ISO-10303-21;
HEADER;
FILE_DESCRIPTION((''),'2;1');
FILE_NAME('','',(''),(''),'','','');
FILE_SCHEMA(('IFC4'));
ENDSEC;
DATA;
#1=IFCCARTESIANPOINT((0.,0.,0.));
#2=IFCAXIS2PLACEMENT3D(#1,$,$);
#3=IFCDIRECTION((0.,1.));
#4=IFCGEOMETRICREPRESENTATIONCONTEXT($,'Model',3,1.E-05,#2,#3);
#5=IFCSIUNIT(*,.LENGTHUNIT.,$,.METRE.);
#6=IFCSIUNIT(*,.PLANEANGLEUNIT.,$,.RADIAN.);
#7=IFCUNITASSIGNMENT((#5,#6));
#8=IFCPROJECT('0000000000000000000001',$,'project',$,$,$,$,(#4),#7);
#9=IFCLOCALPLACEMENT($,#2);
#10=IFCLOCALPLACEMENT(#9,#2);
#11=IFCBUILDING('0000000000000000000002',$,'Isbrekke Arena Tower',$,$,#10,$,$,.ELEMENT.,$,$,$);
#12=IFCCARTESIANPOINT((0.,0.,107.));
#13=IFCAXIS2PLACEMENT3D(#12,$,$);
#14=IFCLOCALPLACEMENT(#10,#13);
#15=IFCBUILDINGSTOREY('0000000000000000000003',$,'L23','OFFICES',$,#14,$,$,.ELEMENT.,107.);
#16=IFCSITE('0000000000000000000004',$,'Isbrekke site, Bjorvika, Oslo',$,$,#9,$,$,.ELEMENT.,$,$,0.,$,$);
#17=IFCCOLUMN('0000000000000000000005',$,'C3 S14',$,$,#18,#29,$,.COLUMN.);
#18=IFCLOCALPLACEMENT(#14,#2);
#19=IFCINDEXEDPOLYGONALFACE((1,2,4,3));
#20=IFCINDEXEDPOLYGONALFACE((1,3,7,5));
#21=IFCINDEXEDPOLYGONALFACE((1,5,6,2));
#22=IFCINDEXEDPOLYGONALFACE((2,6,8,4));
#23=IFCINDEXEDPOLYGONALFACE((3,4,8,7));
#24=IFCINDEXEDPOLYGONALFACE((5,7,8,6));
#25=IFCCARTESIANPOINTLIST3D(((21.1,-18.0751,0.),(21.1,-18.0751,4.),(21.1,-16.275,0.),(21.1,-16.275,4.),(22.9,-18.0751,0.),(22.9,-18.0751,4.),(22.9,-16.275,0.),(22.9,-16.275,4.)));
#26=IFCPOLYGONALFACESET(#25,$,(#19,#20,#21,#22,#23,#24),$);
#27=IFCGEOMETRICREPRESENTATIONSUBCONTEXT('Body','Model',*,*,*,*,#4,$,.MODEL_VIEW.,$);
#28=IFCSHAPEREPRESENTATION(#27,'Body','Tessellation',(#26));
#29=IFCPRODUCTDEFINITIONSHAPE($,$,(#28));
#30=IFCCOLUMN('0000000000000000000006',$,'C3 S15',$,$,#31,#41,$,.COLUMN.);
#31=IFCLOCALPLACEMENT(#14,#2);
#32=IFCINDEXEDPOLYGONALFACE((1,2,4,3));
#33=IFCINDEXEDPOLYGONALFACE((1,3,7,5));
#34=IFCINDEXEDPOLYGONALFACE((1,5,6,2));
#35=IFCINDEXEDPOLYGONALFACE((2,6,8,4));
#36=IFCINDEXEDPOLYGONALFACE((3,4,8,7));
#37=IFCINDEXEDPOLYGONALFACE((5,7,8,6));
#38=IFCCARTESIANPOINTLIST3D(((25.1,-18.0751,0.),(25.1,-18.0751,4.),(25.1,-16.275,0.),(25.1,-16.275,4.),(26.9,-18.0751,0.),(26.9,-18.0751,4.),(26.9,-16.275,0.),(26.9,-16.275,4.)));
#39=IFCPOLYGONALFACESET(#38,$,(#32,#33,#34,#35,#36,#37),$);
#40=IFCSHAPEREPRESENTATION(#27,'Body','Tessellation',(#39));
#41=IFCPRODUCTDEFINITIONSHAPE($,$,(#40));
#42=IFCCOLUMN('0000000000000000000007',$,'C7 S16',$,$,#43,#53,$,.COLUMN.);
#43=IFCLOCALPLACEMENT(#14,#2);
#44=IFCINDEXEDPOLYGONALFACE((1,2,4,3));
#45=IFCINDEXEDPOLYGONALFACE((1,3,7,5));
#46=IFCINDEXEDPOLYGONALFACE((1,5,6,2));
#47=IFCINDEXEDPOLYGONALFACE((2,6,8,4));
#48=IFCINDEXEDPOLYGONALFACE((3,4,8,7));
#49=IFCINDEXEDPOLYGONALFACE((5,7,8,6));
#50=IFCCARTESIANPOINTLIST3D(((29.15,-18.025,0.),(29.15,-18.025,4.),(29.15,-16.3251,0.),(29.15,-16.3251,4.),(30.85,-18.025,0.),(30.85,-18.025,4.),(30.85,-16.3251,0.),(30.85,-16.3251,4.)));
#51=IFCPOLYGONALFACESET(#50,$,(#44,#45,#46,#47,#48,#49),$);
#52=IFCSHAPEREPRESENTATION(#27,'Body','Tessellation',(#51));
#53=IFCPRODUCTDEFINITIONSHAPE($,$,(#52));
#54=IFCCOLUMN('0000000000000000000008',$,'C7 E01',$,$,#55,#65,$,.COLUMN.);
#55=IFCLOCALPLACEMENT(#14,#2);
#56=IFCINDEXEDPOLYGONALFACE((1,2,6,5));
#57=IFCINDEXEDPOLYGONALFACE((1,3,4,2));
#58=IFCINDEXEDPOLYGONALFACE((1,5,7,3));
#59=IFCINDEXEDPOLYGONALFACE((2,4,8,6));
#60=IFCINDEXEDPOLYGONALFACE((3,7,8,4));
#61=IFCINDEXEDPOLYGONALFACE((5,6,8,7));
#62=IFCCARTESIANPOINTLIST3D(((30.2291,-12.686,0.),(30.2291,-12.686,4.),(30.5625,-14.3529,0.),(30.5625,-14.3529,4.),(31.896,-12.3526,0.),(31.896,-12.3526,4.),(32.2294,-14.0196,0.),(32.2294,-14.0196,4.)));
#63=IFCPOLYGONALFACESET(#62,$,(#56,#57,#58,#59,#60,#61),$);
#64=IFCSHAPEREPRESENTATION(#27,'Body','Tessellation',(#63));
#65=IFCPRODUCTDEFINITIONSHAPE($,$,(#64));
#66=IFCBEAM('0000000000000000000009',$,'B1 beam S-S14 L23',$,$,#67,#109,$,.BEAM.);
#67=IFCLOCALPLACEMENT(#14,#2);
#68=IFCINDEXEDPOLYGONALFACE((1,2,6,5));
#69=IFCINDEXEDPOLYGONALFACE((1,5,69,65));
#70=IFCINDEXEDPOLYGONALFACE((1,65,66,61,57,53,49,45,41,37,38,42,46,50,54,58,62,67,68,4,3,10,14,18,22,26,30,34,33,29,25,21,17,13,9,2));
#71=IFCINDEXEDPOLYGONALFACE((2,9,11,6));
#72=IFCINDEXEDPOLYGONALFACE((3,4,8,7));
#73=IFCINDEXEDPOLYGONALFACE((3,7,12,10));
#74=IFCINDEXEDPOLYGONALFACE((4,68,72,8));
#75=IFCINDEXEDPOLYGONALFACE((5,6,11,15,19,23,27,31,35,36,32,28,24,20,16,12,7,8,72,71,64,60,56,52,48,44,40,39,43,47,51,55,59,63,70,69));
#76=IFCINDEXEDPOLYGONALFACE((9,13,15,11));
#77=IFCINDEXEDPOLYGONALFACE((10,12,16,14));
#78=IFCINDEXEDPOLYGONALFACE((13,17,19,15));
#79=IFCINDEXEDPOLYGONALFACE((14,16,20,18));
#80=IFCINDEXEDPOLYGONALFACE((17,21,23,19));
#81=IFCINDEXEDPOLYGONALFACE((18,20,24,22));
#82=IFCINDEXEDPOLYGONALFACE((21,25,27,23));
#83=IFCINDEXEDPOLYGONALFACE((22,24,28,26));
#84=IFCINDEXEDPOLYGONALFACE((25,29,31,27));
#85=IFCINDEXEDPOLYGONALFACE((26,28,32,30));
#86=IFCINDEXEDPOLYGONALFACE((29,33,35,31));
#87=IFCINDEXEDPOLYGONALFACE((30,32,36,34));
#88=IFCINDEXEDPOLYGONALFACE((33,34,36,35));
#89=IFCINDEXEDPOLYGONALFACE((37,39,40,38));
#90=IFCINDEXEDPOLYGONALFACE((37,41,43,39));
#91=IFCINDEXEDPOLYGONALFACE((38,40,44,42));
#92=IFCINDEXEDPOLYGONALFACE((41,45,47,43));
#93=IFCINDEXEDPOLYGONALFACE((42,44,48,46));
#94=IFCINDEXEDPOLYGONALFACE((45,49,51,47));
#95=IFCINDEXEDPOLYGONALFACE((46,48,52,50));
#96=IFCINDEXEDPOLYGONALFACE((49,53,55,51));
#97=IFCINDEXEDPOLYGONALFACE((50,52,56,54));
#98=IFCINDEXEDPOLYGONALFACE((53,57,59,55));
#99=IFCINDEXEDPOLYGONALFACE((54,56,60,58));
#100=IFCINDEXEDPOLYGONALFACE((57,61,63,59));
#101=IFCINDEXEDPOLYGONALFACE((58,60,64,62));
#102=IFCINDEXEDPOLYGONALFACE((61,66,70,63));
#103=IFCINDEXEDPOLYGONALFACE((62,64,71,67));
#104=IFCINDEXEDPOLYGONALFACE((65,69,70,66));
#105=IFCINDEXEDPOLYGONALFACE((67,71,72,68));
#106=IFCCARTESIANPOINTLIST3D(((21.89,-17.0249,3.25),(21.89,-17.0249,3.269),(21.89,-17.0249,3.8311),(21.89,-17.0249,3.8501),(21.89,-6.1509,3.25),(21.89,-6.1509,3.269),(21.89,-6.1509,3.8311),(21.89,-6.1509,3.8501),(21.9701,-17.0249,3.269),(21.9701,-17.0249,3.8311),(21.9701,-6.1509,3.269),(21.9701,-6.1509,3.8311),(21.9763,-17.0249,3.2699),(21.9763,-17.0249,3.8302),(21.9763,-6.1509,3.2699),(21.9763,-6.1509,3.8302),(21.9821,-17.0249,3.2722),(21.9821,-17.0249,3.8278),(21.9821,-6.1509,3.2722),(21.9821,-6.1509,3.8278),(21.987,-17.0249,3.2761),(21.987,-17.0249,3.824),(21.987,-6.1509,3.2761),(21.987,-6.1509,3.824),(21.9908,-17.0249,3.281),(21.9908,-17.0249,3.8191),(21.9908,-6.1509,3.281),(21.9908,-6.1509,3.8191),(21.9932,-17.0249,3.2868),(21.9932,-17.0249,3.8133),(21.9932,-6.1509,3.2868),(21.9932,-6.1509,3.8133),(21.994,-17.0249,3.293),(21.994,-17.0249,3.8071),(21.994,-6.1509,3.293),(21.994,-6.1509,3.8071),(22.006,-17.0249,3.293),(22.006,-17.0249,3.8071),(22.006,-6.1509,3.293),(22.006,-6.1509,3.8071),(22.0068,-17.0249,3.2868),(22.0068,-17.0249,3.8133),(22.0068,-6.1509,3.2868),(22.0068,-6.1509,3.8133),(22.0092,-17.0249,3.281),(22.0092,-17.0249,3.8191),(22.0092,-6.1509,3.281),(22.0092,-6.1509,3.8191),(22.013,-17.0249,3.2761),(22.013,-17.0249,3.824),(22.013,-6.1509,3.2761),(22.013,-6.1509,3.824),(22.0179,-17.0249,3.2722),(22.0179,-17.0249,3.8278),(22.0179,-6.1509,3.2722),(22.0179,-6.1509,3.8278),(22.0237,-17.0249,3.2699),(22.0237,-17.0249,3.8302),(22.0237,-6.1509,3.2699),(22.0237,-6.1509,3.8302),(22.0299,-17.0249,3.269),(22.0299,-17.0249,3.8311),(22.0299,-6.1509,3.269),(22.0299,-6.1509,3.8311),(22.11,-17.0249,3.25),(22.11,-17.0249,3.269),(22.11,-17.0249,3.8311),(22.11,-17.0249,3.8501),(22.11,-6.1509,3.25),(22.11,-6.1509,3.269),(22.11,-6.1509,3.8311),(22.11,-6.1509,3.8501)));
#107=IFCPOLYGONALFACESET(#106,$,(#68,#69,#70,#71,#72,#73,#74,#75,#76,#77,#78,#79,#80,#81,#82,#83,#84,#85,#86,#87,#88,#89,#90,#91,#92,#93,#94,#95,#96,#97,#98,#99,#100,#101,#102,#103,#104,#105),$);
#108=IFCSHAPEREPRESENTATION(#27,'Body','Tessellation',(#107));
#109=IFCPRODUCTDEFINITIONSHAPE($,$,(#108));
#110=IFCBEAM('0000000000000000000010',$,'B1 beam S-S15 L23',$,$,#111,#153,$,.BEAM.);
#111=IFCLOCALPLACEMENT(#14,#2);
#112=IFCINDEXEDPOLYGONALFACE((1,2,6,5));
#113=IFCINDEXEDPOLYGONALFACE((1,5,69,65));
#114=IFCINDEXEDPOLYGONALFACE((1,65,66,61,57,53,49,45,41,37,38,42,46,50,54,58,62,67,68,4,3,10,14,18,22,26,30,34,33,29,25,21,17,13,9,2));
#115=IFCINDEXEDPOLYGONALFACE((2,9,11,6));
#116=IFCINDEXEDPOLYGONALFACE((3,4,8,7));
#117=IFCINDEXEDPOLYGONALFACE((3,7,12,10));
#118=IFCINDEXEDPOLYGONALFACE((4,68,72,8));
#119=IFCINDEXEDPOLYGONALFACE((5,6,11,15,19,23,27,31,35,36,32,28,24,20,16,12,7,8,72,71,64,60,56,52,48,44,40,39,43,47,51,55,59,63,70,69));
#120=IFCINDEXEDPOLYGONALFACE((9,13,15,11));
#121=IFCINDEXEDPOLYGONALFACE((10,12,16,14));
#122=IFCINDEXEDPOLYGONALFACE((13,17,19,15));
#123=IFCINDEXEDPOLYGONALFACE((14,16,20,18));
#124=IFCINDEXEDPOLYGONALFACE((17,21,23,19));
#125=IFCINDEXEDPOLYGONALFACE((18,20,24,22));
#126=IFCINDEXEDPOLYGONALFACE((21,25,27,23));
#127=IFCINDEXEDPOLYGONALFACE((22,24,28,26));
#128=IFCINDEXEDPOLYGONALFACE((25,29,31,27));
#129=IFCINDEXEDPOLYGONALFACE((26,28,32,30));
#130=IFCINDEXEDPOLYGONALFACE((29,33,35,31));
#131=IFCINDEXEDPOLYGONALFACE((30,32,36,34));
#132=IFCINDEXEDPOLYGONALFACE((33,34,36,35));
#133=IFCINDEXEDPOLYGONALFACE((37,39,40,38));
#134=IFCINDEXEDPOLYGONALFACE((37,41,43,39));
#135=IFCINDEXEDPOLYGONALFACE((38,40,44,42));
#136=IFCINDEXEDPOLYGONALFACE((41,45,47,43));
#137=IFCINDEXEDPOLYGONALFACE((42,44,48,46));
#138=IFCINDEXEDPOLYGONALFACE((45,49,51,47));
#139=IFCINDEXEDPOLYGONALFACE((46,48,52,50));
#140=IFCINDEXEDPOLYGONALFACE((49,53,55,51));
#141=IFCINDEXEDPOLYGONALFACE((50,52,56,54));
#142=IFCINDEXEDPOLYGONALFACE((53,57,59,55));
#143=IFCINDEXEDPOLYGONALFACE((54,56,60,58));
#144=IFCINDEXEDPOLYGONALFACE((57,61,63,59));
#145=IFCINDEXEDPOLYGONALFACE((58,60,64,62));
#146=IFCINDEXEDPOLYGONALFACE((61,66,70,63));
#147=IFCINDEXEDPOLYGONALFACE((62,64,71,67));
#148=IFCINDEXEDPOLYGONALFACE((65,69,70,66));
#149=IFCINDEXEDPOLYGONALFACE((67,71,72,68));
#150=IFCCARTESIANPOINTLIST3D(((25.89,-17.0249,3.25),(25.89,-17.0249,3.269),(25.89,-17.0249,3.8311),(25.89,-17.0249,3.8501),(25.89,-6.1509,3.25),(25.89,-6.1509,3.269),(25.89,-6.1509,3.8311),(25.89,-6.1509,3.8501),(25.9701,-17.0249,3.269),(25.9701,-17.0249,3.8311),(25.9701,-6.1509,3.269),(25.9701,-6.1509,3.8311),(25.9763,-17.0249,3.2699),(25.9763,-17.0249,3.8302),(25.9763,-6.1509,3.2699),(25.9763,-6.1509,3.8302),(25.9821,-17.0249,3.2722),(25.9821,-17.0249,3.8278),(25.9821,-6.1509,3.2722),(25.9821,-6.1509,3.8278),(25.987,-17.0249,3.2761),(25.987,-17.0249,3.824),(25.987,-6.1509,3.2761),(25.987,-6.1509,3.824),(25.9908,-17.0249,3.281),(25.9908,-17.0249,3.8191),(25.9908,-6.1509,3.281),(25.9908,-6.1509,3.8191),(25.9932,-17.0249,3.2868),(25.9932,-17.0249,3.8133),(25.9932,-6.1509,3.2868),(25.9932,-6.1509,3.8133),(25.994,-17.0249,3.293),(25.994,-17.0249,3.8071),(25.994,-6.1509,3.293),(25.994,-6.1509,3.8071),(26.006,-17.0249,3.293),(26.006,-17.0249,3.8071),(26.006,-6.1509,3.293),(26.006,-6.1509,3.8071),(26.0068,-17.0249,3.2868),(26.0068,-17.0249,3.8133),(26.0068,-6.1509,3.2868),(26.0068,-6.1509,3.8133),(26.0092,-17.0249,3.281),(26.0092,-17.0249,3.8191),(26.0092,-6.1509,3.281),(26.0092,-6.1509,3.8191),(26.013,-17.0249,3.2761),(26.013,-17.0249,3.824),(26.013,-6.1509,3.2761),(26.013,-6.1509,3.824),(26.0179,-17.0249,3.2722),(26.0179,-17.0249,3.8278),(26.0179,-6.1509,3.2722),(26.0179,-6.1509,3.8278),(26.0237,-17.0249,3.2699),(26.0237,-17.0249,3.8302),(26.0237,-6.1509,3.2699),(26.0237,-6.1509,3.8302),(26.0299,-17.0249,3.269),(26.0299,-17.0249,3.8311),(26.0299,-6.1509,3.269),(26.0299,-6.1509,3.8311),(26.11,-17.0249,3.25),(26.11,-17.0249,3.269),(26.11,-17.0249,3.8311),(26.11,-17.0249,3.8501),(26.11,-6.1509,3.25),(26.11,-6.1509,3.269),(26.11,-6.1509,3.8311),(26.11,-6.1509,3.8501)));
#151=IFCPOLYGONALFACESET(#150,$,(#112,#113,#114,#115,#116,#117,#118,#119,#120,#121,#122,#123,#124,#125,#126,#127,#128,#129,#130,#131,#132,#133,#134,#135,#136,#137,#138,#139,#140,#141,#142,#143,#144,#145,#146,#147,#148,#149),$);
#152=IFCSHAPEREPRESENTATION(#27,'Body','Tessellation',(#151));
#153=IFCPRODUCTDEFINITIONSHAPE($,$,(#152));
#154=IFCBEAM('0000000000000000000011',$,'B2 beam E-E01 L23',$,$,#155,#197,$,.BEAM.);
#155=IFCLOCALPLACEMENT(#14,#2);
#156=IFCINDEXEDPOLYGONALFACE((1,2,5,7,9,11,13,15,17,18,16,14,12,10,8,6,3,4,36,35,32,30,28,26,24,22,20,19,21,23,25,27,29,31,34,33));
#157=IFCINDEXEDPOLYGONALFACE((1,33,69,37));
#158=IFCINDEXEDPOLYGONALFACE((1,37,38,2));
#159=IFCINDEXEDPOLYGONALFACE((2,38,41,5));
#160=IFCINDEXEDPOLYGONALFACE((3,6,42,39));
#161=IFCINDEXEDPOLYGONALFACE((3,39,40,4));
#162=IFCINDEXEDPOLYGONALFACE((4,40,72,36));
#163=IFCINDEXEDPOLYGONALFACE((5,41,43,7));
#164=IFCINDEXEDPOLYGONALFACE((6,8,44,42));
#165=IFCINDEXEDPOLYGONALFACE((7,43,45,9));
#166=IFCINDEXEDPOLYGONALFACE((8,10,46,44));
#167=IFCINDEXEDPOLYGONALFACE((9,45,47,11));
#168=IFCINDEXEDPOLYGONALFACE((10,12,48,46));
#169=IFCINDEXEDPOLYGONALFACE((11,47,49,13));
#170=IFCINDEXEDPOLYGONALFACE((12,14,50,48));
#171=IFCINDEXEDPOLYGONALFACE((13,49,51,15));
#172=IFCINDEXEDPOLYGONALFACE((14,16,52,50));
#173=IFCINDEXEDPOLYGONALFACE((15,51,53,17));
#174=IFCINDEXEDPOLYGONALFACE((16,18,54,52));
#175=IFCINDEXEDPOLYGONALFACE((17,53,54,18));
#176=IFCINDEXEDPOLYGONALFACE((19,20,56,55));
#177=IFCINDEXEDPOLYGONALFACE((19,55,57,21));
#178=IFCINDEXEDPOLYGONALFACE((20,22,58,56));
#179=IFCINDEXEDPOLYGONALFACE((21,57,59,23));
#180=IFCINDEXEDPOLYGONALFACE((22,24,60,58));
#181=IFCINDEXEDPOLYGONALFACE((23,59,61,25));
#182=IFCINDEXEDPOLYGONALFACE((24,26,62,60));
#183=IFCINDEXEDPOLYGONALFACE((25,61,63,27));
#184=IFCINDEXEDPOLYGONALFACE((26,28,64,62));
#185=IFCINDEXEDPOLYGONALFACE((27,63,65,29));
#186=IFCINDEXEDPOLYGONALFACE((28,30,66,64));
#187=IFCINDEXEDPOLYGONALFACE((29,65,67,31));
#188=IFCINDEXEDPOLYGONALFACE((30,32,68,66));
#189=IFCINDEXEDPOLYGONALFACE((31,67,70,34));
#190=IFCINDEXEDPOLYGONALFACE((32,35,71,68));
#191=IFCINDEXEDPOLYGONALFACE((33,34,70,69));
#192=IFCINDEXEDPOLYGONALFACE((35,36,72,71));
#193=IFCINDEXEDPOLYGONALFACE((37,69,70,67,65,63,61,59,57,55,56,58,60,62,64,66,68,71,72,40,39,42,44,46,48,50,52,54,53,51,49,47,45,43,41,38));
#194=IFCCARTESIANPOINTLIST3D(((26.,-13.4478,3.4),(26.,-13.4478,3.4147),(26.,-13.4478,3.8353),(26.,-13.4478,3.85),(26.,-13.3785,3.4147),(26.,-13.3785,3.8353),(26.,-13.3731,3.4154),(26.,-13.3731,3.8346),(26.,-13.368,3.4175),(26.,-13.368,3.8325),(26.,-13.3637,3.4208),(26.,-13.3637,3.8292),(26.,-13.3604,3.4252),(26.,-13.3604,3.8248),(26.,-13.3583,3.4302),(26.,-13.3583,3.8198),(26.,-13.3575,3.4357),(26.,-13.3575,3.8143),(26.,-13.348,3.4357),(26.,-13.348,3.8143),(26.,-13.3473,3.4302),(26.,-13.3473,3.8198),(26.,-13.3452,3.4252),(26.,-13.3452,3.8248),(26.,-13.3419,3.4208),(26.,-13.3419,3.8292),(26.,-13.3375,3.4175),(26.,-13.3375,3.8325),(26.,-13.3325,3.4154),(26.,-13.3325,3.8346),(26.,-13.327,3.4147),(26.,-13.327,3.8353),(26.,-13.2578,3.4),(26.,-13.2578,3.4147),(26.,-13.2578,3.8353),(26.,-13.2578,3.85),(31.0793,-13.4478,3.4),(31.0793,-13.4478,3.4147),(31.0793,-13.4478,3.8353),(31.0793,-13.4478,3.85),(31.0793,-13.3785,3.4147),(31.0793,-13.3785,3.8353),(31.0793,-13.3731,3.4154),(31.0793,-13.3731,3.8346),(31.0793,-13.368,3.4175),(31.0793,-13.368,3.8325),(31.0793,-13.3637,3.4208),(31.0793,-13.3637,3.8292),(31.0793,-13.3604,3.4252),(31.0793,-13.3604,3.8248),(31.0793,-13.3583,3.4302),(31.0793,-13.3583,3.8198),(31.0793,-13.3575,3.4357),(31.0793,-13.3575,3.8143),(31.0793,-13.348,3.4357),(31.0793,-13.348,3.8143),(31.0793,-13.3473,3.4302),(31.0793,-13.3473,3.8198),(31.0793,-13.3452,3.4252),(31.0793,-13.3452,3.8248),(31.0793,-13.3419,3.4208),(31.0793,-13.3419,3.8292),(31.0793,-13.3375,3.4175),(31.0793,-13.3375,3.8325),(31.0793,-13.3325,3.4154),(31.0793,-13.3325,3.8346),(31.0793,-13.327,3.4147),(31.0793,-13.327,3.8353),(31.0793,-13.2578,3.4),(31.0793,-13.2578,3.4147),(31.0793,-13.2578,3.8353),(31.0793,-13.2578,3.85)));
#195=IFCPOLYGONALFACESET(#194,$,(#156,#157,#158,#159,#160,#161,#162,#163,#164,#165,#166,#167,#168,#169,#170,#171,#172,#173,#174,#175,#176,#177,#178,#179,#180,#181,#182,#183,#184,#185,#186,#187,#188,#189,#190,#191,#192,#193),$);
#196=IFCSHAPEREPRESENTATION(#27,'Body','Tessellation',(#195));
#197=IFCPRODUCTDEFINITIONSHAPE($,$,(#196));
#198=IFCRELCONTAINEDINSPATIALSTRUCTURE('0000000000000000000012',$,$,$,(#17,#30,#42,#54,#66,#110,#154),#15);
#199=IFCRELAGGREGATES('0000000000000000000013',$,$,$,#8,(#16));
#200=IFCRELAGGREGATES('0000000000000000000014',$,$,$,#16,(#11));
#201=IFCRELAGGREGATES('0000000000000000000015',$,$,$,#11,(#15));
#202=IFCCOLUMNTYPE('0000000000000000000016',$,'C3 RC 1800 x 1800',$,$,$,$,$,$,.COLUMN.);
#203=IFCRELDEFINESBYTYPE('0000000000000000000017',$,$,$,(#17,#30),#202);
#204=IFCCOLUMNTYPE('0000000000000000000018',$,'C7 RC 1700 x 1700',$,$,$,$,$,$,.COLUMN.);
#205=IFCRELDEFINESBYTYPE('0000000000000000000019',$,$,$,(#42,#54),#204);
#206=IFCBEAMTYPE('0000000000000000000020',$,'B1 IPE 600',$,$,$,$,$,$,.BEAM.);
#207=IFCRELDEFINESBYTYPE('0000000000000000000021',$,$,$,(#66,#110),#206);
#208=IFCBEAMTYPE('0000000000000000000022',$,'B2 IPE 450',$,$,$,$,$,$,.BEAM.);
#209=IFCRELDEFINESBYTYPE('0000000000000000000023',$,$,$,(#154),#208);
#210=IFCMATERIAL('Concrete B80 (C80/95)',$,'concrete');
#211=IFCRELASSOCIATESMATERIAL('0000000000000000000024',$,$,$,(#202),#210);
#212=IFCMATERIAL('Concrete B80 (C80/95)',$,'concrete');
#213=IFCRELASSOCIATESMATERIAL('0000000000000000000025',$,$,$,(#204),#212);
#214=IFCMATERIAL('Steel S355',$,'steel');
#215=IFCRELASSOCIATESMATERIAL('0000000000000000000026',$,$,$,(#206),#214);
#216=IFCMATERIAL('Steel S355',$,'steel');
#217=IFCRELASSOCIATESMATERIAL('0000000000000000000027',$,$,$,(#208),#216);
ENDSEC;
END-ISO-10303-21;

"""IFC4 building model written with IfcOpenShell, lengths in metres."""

from ifc_helpers import new_model, si_unit, direction, frame, origin, origin_2d, place, context, subcontext, project, spatial, rectangle, i_section, extrude, material, material_profile, profile_set, type_object, element, save


model = new_model("IFC4")

# Units and contexts
model_context = context("Model", 3, precision=1e-05, world=origin(), true_north=direction((0.0, 1.0)))
body_context = subcontext(model_context, "Body", "Model", "MODEL_VIEW")
ifc_project = project(units=[si_unit("LENGTHUNIT", "METRE"), si_unit("PLANEANGLEUNIT", "RADIAN")], contexts=[model_context])

# Site, building, storey
site_placement = place(None, origin())
site = spatial("IfcSite", under=ifc_project, at=site_placement, Name="Isbrekke site, Bjorvika, Oslo", CompositionType="ELEMENT", RefElevation=0.0)
building_placement = place(site_placement, origin())
building = spatial("IfcBuilding", under=site, at=building_placement, Name="Isbrekke Arena Tower", CompositionType="ELEMENT")
storey_placement = place(building_placement, frame((0.0, 0.0, 107.0)))
storey = spatial("IfcBuildingStorey", under=building, at=storey_placement, Name="L23", Description="OFFICES", CompositionType="ELEMENT", Elevation=107.0)

# Columns
ifc_material_1 = material(Name="Concrete B80 (C80/95)", Category="concrete")
ifc_material_profile_1 = material_profile(ifc_material_1, rectangle(XDim=1.8, YDim=1.8, at=origin_2d()), Name="RC 1800x1800")
ifc_profile_set_1 = profile_set([ifc_material_profile_1], Name="Concrete B80 (C80/95)")
column_type_1 = type_object("IfcColumnType", Name="C3 RC 1800 x 1800", PredefinedType="COLUMN", material=ifc_profile_set_1)
for number, where, z_axis, x_axis, name in (
    (1, (22.0, -17.175, 0.0), (0.0, 0.0, 1.0), (1.0, 0.0, 0.0), "C3 S14"),
    (2, (26.0, -17.175, 0.0), (0.0, 0.0, 1.0), (1.0, 0.0, 0.0), "C3 S15"),
):
    element("IfcColumn", number, at=place(storey_placement, frame(where, z_axis=z_axis, x_axis=x_axis)), inside=storey, type_object=column_type_1, Name=name, PredefinedType="COLUMN", context=body_context, shape_type="SweptSolid", body=[
        extrude(rectangle(XDim=1.8, YDim=1.8, at=origin_2d()), origin(), (0.0, 0.0, 1.0), 4.0),
    ])
ifc_material_2 = material(Name="Concrete B80 (C80/95)", Category="concrete")
ifc_material_profile_2 = material_profile(ifc_material_2, rectangle(XDim=1.7, YDim=1.7, at=origin_2d()), Name="RC 1700x1700")
ifc_profile_set_2 = profile_set([ifc_material_profile_2], Name="Concrete B80 (C80/95)")
column_type_2 = type_object("IfcColumnType", Name="C7 RC 1700 x 1700", PredefinedType="COLUMN", material=ifc_profile_set_2)
for number, where, z_axis, x_axis, name in (
    (3, (30.0, -17.175, 0.0), (0.0, 0.0, 1.0), (1.0, 0.0, 0.0), "C7 S16"),
    (4, (31.2292, -13.3528, 0.0), (0.0, 0.0, 1.0), (-0.196116, 0.980581, 0.0), "C7 E01"),
):
    element("IfcColumn", number, at=place(storey_placement, frame(where, z_axis=z_axis, x_axis=x_axis)), inside=storey, type_object=column_type_2, Name=name, PredefinedType="COLUMN", context=body_context, shape_type="SweptSolid", body=[
        extrude(rectangle(XDim=1.7, YDim=1.7, at=origin_2d()), origin(), (0.0, 0.0, 1.0), 4.0),
    ])

# Beams
ifc_material_3 = material(Name="Steel S355", Category="steel")
ifc_material_profile_3 = material_profile(ifc_material_3, i_section(OverallWidth=0.22, OverallDepth=0.6001, WebThickness=0.012, FlangeThickness=0.019, FilletRadius=0.0239, at=origin_2d()), Name="IPE 600")
ifc_profile_set_3 = profile_set([ifc_material_profile_3], Name="Steel S355")
beam_type_1 = type_object("IfcBeamType", Name="B1 IPE 600", PredefinedType="BEAM", material=ifc_profile_set_3)
for number, where, z_axis, x_axis, name in (
    (5, (22.0, -17.0249, 3.55), (0.0, 1.0, 0.0), (-1.0, 0.0, 0.0), "B1 beam S-S14 L23"),
    (6, (26.0, -17.0249, 3.55), (0.0, 1.0, 0.0), (-1.0, 0.0, 0.0), "B1 beam S-S15 L23"),
):
    element("IfcBeam", number, at=place(storey_placement, frame(where, z_axis=z_axis, x_axis=x_axis)), inside=storey, type_object=beam_type_1, Name=name, PredefinedType="BEAM", context=body_context, shape_type="SweptSolid", body=[
        extrude(i_section(OverallWidth=0.22, OverallDepth=0.6001, WebThickness=0.012, FlangeThickness=0.019, FilletRadius=0.0239, at=origin_2d()), origin(), (0.0, 0.0, 1.0), 10.874),
    ])
ifc_material_4 = material(Name="Steel S355", Category="steel")
ifc_material_profile_4 = material_profile(ifc_material_4, i_section(OverallWidth=0.1899, OverallDepth=0.45, WebThickness=0.0095, FlangeThickness=0.0146, FilletRadius=0.021, at=origin_2d()), Name="IPE 450")
ifc_profile_set_4 = profile_set([ifc_material_profile_4], Name="Steel S355")
beam_type_2 = type_object("IfcBeamType", Name="B2 IPE 450", PredefinedType="BEAM", material=ifc_profile_set_4)
beam_1_placement = place(storey_placement, frame((31.0793, -13.3528, 3.625), z_axis=(-1.0, 0.0, 0.0), x_axis=(0.0, -1.0, 0.0)))
element("IfcBeam", 7, at=beam_1_placement, inside=storey, type_object=beam_type_2, Name="B2 beam E-E01 L23", PredefinedType="BEAM", context=body_context, shape_type="SweptSolid", body=[
    extrude(i_section(OverallWidth=0.1899, OverallDepth=0.45, WebThickness=0.0095, FlangeThickness=0.0146, FilletRadius=0.021, at=origin_2d()), origin(), (0.0, 0.0, 1.0), 5.0793),
])

save(model, "model.ifc")
